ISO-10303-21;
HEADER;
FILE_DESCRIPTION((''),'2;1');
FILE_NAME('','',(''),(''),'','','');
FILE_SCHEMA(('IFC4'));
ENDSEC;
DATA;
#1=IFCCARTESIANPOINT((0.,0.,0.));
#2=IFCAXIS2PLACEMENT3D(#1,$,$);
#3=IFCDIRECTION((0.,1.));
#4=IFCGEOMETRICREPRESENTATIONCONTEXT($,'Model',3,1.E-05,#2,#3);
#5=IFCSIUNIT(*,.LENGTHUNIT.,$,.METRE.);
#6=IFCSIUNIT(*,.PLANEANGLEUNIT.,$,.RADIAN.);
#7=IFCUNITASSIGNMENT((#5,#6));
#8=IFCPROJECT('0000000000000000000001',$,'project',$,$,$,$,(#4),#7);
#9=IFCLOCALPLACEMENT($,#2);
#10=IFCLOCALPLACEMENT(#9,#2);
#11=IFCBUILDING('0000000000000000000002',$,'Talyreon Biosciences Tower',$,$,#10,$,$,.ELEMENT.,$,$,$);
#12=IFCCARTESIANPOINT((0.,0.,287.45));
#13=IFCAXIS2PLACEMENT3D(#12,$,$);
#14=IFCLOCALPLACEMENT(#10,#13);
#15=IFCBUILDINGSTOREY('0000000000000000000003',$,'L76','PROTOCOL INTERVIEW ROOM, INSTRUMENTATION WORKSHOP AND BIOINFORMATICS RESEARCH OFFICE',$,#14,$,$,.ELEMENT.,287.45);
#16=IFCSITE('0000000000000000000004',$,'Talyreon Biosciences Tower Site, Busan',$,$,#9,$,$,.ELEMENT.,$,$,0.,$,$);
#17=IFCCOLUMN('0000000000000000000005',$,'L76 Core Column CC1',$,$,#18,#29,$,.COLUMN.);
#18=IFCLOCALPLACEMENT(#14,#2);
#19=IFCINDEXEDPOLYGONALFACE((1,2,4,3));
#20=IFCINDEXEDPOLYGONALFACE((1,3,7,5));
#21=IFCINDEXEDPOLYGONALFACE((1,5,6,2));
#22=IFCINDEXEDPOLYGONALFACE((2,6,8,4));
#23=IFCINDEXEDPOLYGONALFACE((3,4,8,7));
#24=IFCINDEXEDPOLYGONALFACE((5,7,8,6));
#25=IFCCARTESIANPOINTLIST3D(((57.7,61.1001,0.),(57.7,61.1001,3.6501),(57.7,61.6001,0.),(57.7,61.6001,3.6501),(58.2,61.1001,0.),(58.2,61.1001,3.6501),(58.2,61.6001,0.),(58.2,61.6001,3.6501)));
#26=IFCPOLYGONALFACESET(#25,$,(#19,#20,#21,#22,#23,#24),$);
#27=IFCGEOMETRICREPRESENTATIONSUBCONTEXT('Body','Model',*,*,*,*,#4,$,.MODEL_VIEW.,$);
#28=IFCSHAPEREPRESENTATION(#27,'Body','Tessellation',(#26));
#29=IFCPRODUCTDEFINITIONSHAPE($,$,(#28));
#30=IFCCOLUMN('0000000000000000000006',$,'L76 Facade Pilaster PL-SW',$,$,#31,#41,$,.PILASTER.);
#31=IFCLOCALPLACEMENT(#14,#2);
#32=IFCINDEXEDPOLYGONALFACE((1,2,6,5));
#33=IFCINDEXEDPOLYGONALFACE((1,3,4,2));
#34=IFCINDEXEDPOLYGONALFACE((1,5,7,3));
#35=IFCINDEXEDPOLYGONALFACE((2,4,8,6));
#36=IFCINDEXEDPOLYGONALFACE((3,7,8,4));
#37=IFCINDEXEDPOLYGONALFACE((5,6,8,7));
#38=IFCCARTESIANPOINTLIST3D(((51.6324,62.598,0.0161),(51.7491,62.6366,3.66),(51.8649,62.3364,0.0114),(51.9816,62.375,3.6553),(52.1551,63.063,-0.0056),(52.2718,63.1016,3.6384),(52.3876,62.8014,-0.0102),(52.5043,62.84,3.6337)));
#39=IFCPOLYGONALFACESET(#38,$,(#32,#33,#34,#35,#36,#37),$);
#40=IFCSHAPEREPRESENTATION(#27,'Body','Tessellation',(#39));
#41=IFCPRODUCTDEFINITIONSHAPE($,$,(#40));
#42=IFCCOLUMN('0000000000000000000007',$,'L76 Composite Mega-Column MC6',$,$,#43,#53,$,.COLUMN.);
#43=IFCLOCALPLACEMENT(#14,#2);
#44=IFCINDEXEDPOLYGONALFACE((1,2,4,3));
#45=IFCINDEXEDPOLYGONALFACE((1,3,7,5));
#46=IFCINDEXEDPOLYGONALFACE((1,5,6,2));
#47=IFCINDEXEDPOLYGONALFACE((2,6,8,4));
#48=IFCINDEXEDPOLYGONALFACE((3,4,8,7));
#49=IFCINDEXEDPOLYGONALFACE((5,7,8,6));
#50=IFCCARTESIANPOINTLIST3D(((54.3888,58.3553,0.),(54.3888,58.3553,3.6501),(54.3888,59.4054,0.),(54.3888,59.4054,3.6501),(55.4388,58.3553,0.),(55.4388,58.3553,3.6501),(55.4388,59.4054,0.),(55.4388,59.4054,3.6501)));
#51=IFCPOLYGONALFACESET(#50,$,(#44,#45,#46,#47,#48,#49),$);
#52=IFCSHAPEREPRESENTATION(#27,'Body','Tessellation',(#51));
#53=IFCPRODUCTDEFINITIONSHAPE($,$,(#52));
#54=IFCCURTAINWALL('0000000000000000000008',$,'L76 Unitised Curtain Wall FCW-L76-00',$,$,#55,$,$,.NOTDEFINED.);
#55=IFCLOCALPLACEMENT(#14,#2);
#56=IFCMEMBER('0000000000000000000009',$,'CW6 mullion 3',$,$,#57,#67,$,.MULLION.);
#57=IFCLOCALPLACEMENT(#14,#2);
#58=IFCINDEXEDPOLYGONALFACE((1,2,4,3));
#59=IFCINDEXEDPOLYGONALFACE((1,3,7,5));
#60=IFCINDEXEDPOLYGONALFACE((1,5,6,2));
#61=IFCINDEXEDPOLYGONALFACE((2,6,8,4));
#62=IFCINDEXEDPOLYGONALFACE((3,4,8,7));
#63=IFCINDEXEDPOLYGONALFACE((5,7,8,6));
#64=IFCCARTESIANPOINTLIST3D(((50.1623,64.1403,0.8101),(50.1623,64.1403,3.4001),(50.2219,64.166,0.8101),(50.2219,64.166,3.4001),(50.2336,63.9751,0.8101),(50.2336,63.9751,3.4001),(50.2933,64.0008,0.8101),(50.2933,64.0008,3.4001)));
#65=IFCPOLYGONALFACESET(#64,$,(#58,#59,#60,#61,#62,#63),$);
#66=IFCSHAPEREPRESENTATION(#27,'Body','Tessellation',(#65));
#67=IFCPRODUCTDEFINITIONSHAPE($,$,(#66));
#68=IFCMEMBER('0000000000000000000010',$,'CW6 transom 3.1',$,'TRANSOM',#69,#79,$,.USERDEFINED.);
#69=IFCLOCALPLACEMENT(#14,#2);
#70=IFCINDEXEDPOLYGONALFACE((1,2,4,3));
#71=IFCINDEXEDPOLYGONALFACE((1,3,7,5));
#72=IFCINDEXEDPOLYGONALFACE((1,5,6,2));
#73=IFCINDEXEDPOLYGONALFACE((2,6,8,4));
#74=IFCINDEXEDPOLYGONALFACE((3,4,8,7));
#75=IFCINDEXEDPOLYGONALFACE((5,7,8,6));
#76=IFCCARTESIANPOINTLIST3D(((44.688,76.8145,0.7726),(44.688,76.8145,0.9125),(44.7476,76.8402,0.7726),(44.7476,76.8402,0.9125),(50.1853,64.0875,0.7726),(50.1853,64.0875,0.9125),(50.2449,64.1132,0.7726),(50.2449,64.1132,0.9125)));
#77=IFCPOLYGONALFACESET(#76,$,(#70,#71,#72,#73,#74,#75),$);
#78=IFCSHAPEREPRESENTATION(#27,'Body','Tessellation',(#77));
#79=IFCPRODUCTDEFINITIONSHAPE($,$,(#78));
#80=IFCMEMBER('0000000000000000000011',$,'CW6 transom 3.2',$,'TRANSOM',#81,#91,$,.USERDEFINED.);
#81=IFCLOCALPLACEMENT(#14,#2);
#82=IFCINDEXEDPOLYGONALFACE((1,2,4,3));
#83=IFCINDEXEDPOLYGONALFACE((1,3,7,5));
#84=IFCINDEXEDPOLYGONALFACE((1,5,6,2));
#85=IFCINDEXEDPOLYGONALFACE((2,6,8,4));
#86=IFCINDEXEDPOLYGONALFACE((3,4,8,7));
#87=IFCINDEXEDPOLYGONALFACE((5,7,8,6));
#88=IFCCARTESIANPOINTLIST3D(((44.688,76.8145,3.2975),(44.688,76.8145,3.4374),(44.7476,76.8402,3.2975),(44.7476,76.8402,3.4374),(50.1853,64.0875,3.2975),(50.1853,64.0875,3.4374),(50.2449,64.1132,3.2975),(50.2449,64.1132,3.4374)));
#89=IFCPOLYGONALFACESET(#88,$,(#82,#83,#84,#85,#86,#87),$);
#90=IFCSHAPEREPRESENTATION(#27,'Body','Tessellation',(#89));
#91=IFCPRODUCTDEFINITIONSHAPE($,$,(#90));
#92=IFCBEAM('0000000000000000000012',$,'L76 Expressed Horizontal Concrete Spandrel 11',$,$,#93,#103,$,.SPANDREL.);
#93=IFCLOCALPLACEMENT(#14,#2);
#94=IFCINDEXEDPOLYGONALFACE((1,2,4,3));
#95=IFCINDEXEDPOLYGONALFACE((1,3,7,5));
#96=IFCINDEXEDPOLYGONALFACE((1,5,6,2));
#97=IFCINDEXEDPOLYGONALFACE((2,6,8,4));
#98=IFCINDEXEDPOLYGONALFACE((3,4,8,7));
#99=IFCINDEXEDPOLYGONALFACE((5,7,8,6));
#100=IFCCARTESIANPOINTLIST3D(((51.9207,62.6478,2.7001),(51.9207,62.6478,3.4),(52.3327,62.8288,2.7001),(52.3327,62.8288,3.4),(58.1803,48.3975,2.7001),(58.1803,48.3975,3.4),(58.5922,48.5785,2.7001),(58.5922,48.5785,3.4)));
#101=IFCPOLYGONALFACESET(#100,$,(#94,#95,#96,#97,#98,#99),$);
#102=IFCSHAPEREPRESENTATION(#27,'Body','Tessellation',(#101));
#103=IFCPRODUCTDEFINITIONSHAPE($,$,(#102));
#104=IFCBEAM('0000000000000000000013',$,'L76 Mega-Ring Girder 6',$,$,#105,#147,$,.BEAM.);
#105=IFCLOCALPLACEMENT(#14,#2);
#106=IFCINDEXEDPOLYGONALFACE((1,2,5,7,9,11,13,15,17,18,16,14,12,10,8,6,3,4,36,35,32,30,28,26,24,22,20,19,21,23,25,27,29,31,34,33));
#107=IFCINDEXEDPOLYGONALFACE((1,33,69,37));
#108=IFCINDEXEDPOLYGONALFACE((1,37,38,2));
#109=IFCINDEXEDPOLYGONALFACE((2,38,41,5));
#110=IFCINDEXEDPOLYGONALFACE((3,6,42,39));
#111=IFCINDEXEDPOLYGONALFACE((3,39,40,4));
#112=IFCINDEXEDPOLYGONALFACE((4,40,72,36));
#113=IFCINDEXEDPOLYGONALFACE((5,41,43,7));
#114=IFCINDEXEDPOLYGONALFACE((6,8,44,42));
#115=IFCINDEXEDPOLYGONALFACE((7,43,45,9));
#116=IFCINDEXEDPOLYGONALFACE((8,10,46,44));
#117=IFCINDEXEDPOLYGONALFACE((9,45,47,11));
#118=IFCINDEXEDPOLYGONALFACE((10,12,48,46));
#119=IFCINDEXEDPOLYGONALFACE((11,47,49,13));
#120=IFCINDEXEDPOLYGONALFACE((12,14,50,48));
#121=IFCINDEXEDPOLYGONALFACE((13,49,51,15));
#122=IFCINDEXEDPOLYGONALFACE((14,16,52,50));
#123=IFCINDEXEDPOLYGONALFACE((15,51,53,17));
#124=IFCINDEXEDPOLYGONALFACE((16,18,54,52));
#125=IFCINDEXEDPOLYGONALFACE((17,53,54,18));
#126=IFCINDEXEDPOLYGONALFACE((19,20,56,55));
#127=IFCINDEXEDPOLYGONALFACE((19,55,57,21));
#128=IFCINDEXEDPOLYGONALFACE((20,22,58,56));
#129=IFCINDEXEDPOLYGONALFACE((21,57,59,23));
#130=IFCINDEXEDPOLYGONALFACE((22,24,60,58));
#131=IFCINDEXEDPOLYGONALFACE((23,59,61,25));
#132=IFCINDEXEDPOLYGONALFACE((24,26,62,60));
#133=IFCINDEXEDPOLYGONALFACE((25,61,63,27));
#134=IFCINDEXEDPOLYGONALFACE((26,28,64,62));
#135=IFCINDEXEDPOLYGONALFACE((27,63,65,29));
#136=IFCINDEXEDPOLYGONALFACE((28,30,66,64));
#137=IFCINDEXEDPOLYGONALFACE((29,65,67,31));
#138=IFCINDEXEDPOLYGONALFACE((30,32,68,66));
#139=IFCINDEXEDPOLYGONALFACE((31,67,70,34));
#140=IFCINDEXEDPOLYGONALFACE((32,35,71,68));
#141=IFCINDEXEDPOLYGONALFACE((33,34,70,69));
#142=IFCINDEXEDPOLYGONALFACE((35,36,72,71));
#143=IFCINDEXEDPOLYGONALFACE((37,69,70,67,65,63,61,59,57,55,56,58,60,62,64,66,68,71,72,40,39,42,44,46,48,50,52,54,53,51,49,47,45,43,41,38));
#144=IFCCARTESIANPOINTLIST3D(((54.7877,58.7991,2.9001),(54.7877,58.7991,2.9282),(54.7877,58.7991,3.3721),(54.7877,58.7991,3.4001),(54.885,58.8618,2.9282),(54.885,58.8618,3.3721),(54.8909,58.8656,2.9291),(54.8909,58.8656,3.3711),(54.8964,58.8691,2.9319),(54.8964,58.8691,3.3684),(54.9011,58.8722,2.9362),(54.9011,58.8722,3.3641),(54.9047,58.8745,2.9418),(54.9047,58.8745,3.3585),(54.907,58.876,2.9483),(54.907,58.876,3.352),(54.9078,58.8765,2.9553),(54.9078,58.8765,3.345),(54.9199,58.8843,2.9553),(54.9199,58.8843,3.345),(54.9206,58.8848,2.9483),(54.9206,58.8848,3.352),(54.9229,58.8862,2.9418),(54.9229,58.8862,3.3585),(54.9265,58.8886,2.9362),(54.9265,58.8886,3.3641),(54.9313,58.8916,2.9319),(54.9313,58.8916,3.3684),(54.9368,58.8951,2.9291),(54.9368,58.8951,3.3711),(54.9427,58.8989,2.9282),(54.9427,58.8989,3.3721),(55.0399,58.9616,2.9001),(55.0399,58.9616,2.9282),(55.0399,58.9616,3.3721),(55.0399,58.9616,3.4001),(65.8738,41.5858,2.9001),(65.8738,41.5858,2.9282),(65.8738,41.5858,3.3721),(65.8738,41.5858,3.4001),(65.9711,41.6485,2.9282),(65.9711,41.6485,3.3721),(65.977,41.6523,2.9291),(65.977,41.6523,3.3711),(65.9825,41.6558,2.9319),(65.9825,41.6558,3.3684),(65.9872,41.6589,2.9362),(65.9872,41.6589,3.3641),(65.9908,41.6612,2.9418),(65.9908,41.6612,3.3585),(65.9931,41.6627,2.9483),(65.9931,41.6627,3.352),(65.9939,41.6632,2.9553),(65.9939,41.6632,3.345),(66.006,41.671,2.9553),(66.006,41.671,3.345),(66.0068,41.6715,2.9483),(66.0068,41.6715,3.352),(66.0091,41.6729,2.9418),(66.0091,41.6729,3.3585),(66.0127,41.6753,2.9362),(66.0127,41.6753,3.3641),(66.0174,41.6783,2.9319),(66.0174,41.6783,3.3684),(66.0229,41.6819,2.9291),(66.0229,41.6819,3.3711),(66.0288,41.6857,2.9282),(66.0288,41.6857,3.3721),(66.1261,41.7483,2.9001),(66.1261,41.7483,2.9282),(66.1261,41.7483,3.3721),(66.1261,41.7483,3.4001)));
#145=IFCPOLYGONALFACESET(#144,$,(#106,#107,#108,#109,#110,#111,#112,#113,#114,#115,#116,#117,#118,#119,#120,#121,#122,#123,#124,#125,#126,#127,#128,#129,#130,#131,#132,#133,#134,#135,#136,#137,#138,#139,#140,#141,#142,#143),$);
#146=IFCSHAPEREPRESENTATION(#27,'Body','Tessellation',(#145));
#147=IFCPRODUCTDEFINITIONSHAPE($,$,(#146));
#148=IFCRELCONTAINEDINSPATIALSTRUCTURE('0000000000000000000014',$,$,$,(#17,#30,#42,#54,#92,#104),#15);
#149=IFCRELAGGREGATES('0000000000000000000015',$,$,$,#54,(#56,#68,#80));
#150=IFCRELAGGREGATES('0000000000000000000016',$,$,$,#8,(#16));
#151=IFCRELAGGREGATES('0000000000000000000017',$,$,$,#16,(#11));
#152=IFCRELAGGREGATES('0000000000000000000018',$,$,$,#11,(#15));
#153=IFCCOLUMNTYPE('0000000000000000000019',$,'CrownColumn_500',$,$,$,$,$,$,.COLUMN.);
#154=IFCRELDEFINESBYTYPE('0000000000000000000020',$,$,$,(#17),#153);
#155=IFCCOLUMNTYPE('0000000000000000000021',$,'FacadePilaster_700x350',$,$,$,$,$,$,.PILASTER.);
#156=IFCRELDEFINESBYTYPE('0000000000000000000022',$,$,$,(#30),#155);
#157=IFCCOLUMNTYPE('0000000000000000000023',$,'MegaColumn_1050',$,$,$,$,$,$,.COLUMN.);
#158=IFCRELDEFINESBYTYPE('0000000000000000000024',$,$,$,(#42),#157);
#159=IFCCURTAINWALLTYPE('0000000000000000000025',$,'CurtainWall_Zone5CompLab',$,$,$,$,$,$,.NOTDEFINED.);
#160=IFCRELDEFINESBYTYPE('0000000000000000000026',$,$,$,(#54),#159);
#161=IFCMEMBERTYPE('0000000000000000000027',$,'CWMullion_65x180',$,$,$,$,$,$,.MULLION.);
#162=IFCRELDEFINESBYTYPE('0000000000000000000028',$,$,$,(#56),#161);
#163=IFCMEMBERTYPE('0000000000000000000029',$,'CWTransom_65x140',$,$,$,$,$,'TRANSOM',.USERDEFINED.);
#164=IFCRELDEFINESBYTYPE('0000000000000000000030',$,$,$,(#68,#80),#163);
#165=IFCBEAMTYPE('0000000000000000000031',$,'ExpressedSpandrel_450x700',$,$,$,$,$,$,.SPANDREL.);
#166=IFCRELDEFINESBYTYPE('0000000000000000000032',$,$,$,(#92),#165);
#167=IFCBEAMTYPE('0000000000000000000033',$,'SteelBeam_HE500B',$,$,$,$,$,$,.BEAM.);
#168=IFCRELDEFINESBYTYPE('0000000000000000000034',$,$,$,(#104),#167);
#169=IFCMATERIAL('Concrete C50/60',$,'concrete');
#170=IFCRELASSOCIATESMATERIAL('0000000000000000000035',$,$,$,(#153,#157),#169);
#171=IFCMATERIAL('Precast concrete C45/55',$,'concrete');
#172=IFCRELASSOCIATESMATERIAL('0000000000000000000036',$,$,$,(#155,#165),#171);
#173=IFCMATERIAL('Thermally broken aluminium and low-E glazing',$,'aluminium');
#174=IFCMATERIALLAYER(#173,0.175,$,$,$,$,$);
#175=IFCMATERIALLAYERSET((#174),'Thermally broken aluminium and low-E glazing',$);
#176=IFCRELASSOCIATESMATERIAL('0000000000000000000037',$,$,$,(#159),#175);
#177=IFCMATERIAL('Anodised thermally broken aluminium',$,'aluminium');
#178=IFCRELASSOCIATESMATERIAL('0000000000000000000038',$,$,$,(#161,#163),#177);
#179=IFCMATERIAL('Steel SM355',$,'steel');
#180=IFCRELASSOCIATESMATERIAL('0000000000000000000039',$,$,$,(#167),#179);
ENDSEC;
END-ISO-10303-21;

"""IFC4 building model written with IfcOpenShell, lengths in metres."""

from ifc_helpers import new_model, si_unit, direction, frame, origin, origin_2d, place, context, subcontext, project, spatial, rectangle, i_section, extrude, material, layer, layer_set, material_profile, profile_set, type_object, element, aggregate, save


model = new_model("IFC4")

# Units and contexts
model_context = context("Model", 3, precision=1e-05, world=origin(), true_north=direction((0.0, 1.0)))
body_context = subcontext(model_context, "Body", "Model", "MODEL_VIEW")
ifc_project = project(units=[si_unit("LENGTHUNIT", "METRE"), si_unit("PLANEANGLEUNIT", "RADIAN")], contexts=[model_context])

# Site, building, storey
site_placement = place(None, origin())
site = spatial("IfcSite", under=ifc_project, at=site_placement, Name="Talyreon Biosciences Tower Site, Busan", CompositionType="ELEMENT", RefElevation=0.0)
building_placement = place(site_placement, origin())
building = spatial("IfcBuilding", under=site, at=building_placement, Name="Talyreon Biosciences Tower", CompositionType="ELEMENT")
storey_placement = place(building_placement, frame((0.0, 0.0, 287.45)))
storey = spatial("IfcBuildingStorey", under=building, at=storey_placement, Name="L76", Description="PROTOCOL INTERVIEW ROOM, INSTRUMENTATION WORKSHOP AND BIOINFORMATICS RESEARCH OFFICE", CompositionType="ELEMENT", Elevation=287.45)

# Columns
ifc_material_1 = material(Name="Concrete C50/60", Category="concrete")
ifc_material_profile_1 = material_profile(ifc_material_1, rectangle(XDim=0.5, YDim=0.5, at=origin_2d()), Name="RC 500x500")
ifc_profile_set_1 = profile_set([ifc_material_profile_1], Name="Concrete C50/60")
column_type_1 = type_object("IfcColumnType", Name="CrownColumn_500", PredefinedType="COLUMN", material=ifc_profile_set_1)
column_1_placement = place(storey_placement, frame((57.95, 61.3501, 0.0), z_axis=(0.0, 0.0, 1.0), x_axis=(1.0, 0.0, 0.0)))
element("IfcColumn", 1, at=column_1_placement, inside=storey, type_object=column_type_1, Name="L76 Core Column CC1", PredefinedType="COLUMN", context=body_context, shape_type="SweptSolid", body=[
    extrude(rectangle(XDim=0.5, YDim=0.5, at=origin_2d()), origin(), (0.0, 0.0, 1.0), 3.6501),
])
ifc_material_2 = material(Name="Precast concrete C45/55", Category="concrete")
ifc_material_profile_2 = material_profile(ifc_material_2, rectangle(XDim=0.7, YDim=0.3501, at=origin_2d()), Name="RC 700x350")
ifc_profile_set_2 = profile_set([ifc_material_profile_2], Name="Precast concrete C45/55")
column_type_2 = type_object("IfcColumnType", Name="FacadePilaster_700x350", PredefinedType="PILASTER", material=ifc_profile_set_2)
column_2_placement = place(storey_placement, frame((52.01, 62.6997, 0.0029), z_axis=(0.032006, 0.01058, 0.999432), x_axis=(0.746781, 0.664349, -0.030948)))
element("IfcColumn", 2, at=column_2_placement, inside=storey, type_object=column_type_2, Name="L76 Facade Pilaster PL-SW", PredefinedType="PILASTER", context=body_context, shape_type="SweptSolid", body=[
    extrude(rectangle(XDim=0.7, YDim=0.3501, at=origin_2d()), origin(), (0.0, 0.0, 1.0), 3.646),
])
ifc_material_profile_3 = material_profile(ifc_material_1, rectangle(XDim=1.05, YDim=1.05, at=origin_2d()), Name="RC 1050x1050")
ifc_profile_set_3 = profile_set([ifc_material_profile_3], Name="Concrete C50/60")
column_type_3 = type_object("IfcColumnType", Name="MegaColumn_1050", PredefinedType="COLUMN", material=ifc_profile_set_3)
column_3_placement = place(storey_placement, frame((54.9138, 58.8804, 0.0), z_axis=(0.0, 0.0, 1.0), x_axis=(1.0, 0.0, 0.0)))
element("IfcColumn", 3, at=column_3_placement, inside=storey, type_object=column_type_3, Name="L76 Composite Mega-Column MC6", PredefinedType="COLUMN", context=body_context, shape_type="SweptSolid", body=[
    extrude(rectangle(XDim=1.05, YDim=1.05, at=origin_2d()), origin(), (0.0, 0.0, 1.0), 3.6501),
])

# Curtain wall, members
ifc_material_3 = material(Name="Thermally broken aluminium and low-E glazing", Category="aluminium")
ifc_layer_1 = layer(ifc_material_3, 0.175)
ifc_layer_set_1 = layer_set([ifc_layer_1], Name="Thermally broken aluminium and low-E glazing")
curtain_wall_type = type_object("IfcCurtainWallType", Name="CurtainWall_Zone5CompLab", PredefinedType="NOTDEFINED", material=ifc_layer_set_1)
curtain_wall_placement = place(storey_placement, origin())
curtain_wall = element("IfcCurtainWall", 4, at=curtain_wall_placement, inside=storey, type_object=curtain_wall_type, Name="L76 Unitised Curtain Wall FCW-L76-00", PredefinedType="NOTDEFINED")
ifc_material_4 = material(Name="Anodised thermally broken aluminium", Category="aluminium")
ifc_material_profile_4 = material_profile(ifc_material_4, rectangle(XDim=0.0649, YDim=0.1799, at=origin_2d()), Name="ALUM MULLION 65x180")
ifc_profile_set_4 = profile_set([ifc_material_profile_4], Name="Anodised thermally broken aluminium")
member_type_1 = type_object("IfcMemberType", Name="CWMullion_65x180", PredefinedType="MULLION", material=ifc_profile_set_4)
member_1_placement = place(storey_placement, frame((50.2278, 64.0706, 0.8101), z_axis=(0.0, 0.0, 1.0), x_axis=(-0.918022, -0.396528, 0.0)))
member_1 = element("IfcMember", 5, at=member_1_placement, type_object=member_type_1, Name="CW6 mullion 3", PredefinedType="MULLION", context=body_context, shape_type="SweptSolid", body=[
    extrude(rectangle(XDim=0.0649, YDim=0.1799, at=origin_2d()), origin(), (0.0, 0.0, 1.0), 2.5901),
])
ifc_material_profile_5 = material_profile(ifc_material_4, rectangle(XDim=0.0649, YDim=0.1399, at=origin_2d()), Name="ALUM TRANSOM 65x140")
ifc_profile_set_5 = profile_set([ifc_material_profile_5], Name="Anodised thermally broken aluminium")
member_type_2 = type_object("IfcMemberType", Name="CWTransom_65x140", ElementType="TRANSOM", PredefinedType="USERDEFINED", material=ifc_profile_set_5)
member_2_placement = place(storey_placement, frame((50.2151, 64.1003, 0.8425), z_axis=(-0.39653, 0.918022, 0.0), x_axis=(-0.918022, -0.39653, 0.0)))
member_2 = element("IfcMember", 6, at=member_2_placement, type_object=member_type_2, Name="CW6 transom 3.1", ObjectType="TRANSOM", PredefinedType="USERDEFINED", context=body_context, shape_type="SweptSolid", body=[
    extrude(rectangle(XDim=0.0649, YDim=0.1399, at=origin_2d()), origin(), (0.0, 0.0, 1.0), 13.8635),
])
member_3_placement = place(storey_placement, frame((50.2151, 64.1003, 3.3674), z_axis=(-0.39653, 0.918022, 0.0), x_axis=(-0.918022, -0.39653, 0.0)))
member_3 = element("IfcMember", 7, at=member_3_placement, type_object=member_type_2, Name="CW6 transom 3.2", ObjectType="TRANSOM", PredefinedType="USERDEFINED", context=body_context, shape_type="SweptSolid", body=[
    extrude(rectangle(XDim=0.0649, YDim=0.1399, at=origin_2d()), origin(), (0.0, 0.0, 1.0), 13.8635),
])
aggregate(curtain_wall, [member_1, member_2, member_3])

# Beams
ifc_material_profile_6 = material_profile(ifc_material_2, rectangle(XDim=0.45, YDim=0.7, at=origin_2d()), Name="RCB 450x700")
ifc_profile_set_6 = profile_set([ifc_material_profile_6], Name="Precast concrete C45/55")
beam_type_1 = type_object("IfcBeamType", Name="ExpressedSpandrel_450x700", PredefinedType="SPANDREL", material=ifc_profile_set_6)
beam_1_placement = place(storey_placement, frame((52.1267, 62.7383, 3.05), z_axis=(0.402169, -0.915566, 0.0), x_axis=(0.915566, 0.402169, 0.0)))
element("IfcBeam", 8, at=beam_1_placement, inside=storey, type_object=beam_type_1, Name="L76 Expressed Horizontal Concrete Spandrel 11", PredefinedType="SPANDREL", context=body_context, shape_type="SweptSolid", body=[
    extrude(rectangle(XDim=0.45, YDim=0.7, at=origin_2d()), origin(), (0.0, 0.0, 1.0), 15.5645),
])
ifc_material_5 = material(Name="Steel SM355", Category="steel")
ifc_material_profile_7 = material_profile(ifc_material_5, i_section(OverallWidth=0.3, OverallDepth=0.5, WebThickness=0.0144, FlangeThickness=0.0281, FilletRadius=0.0271, at=origin_2d()), Name="HE500B")
ifc_profile_set_7 = profile_set([ifc_material_profile_7], Name="Steel SM355")
beam_type_2 = type_object("IfcBeamType", Name="SteelBeam_HE500B", PredefinedType="BEAM", material=ifc_profile_set_7)
beam_2_placement = place(storey_placement, frame((54.9138, 58.8804, 3.1501), z_axis=(0.541464, -0.840724, 0.0), x_axis=(0.840724, 0.541464, 0.0)))
element("IfcBeam", 9, at=beam_2_placement, inside=storey, type_object=beam_type_2, Name="L76 Mega-Ring Girder 6", PredefinedType="BEAM", context=body_context, shape_type="SweptSolid", body=[
    extrude(i_section(OverallWidth=0.3, OverallDepth=0.5, WebThickness=0.0144, FlangeThickness=0.0281, FilletRadius=0.0271, at=origin_2d()), origin(), (0.0, 0.0, 1.0), 20.4744),
])

save(model, "model.ifc")
